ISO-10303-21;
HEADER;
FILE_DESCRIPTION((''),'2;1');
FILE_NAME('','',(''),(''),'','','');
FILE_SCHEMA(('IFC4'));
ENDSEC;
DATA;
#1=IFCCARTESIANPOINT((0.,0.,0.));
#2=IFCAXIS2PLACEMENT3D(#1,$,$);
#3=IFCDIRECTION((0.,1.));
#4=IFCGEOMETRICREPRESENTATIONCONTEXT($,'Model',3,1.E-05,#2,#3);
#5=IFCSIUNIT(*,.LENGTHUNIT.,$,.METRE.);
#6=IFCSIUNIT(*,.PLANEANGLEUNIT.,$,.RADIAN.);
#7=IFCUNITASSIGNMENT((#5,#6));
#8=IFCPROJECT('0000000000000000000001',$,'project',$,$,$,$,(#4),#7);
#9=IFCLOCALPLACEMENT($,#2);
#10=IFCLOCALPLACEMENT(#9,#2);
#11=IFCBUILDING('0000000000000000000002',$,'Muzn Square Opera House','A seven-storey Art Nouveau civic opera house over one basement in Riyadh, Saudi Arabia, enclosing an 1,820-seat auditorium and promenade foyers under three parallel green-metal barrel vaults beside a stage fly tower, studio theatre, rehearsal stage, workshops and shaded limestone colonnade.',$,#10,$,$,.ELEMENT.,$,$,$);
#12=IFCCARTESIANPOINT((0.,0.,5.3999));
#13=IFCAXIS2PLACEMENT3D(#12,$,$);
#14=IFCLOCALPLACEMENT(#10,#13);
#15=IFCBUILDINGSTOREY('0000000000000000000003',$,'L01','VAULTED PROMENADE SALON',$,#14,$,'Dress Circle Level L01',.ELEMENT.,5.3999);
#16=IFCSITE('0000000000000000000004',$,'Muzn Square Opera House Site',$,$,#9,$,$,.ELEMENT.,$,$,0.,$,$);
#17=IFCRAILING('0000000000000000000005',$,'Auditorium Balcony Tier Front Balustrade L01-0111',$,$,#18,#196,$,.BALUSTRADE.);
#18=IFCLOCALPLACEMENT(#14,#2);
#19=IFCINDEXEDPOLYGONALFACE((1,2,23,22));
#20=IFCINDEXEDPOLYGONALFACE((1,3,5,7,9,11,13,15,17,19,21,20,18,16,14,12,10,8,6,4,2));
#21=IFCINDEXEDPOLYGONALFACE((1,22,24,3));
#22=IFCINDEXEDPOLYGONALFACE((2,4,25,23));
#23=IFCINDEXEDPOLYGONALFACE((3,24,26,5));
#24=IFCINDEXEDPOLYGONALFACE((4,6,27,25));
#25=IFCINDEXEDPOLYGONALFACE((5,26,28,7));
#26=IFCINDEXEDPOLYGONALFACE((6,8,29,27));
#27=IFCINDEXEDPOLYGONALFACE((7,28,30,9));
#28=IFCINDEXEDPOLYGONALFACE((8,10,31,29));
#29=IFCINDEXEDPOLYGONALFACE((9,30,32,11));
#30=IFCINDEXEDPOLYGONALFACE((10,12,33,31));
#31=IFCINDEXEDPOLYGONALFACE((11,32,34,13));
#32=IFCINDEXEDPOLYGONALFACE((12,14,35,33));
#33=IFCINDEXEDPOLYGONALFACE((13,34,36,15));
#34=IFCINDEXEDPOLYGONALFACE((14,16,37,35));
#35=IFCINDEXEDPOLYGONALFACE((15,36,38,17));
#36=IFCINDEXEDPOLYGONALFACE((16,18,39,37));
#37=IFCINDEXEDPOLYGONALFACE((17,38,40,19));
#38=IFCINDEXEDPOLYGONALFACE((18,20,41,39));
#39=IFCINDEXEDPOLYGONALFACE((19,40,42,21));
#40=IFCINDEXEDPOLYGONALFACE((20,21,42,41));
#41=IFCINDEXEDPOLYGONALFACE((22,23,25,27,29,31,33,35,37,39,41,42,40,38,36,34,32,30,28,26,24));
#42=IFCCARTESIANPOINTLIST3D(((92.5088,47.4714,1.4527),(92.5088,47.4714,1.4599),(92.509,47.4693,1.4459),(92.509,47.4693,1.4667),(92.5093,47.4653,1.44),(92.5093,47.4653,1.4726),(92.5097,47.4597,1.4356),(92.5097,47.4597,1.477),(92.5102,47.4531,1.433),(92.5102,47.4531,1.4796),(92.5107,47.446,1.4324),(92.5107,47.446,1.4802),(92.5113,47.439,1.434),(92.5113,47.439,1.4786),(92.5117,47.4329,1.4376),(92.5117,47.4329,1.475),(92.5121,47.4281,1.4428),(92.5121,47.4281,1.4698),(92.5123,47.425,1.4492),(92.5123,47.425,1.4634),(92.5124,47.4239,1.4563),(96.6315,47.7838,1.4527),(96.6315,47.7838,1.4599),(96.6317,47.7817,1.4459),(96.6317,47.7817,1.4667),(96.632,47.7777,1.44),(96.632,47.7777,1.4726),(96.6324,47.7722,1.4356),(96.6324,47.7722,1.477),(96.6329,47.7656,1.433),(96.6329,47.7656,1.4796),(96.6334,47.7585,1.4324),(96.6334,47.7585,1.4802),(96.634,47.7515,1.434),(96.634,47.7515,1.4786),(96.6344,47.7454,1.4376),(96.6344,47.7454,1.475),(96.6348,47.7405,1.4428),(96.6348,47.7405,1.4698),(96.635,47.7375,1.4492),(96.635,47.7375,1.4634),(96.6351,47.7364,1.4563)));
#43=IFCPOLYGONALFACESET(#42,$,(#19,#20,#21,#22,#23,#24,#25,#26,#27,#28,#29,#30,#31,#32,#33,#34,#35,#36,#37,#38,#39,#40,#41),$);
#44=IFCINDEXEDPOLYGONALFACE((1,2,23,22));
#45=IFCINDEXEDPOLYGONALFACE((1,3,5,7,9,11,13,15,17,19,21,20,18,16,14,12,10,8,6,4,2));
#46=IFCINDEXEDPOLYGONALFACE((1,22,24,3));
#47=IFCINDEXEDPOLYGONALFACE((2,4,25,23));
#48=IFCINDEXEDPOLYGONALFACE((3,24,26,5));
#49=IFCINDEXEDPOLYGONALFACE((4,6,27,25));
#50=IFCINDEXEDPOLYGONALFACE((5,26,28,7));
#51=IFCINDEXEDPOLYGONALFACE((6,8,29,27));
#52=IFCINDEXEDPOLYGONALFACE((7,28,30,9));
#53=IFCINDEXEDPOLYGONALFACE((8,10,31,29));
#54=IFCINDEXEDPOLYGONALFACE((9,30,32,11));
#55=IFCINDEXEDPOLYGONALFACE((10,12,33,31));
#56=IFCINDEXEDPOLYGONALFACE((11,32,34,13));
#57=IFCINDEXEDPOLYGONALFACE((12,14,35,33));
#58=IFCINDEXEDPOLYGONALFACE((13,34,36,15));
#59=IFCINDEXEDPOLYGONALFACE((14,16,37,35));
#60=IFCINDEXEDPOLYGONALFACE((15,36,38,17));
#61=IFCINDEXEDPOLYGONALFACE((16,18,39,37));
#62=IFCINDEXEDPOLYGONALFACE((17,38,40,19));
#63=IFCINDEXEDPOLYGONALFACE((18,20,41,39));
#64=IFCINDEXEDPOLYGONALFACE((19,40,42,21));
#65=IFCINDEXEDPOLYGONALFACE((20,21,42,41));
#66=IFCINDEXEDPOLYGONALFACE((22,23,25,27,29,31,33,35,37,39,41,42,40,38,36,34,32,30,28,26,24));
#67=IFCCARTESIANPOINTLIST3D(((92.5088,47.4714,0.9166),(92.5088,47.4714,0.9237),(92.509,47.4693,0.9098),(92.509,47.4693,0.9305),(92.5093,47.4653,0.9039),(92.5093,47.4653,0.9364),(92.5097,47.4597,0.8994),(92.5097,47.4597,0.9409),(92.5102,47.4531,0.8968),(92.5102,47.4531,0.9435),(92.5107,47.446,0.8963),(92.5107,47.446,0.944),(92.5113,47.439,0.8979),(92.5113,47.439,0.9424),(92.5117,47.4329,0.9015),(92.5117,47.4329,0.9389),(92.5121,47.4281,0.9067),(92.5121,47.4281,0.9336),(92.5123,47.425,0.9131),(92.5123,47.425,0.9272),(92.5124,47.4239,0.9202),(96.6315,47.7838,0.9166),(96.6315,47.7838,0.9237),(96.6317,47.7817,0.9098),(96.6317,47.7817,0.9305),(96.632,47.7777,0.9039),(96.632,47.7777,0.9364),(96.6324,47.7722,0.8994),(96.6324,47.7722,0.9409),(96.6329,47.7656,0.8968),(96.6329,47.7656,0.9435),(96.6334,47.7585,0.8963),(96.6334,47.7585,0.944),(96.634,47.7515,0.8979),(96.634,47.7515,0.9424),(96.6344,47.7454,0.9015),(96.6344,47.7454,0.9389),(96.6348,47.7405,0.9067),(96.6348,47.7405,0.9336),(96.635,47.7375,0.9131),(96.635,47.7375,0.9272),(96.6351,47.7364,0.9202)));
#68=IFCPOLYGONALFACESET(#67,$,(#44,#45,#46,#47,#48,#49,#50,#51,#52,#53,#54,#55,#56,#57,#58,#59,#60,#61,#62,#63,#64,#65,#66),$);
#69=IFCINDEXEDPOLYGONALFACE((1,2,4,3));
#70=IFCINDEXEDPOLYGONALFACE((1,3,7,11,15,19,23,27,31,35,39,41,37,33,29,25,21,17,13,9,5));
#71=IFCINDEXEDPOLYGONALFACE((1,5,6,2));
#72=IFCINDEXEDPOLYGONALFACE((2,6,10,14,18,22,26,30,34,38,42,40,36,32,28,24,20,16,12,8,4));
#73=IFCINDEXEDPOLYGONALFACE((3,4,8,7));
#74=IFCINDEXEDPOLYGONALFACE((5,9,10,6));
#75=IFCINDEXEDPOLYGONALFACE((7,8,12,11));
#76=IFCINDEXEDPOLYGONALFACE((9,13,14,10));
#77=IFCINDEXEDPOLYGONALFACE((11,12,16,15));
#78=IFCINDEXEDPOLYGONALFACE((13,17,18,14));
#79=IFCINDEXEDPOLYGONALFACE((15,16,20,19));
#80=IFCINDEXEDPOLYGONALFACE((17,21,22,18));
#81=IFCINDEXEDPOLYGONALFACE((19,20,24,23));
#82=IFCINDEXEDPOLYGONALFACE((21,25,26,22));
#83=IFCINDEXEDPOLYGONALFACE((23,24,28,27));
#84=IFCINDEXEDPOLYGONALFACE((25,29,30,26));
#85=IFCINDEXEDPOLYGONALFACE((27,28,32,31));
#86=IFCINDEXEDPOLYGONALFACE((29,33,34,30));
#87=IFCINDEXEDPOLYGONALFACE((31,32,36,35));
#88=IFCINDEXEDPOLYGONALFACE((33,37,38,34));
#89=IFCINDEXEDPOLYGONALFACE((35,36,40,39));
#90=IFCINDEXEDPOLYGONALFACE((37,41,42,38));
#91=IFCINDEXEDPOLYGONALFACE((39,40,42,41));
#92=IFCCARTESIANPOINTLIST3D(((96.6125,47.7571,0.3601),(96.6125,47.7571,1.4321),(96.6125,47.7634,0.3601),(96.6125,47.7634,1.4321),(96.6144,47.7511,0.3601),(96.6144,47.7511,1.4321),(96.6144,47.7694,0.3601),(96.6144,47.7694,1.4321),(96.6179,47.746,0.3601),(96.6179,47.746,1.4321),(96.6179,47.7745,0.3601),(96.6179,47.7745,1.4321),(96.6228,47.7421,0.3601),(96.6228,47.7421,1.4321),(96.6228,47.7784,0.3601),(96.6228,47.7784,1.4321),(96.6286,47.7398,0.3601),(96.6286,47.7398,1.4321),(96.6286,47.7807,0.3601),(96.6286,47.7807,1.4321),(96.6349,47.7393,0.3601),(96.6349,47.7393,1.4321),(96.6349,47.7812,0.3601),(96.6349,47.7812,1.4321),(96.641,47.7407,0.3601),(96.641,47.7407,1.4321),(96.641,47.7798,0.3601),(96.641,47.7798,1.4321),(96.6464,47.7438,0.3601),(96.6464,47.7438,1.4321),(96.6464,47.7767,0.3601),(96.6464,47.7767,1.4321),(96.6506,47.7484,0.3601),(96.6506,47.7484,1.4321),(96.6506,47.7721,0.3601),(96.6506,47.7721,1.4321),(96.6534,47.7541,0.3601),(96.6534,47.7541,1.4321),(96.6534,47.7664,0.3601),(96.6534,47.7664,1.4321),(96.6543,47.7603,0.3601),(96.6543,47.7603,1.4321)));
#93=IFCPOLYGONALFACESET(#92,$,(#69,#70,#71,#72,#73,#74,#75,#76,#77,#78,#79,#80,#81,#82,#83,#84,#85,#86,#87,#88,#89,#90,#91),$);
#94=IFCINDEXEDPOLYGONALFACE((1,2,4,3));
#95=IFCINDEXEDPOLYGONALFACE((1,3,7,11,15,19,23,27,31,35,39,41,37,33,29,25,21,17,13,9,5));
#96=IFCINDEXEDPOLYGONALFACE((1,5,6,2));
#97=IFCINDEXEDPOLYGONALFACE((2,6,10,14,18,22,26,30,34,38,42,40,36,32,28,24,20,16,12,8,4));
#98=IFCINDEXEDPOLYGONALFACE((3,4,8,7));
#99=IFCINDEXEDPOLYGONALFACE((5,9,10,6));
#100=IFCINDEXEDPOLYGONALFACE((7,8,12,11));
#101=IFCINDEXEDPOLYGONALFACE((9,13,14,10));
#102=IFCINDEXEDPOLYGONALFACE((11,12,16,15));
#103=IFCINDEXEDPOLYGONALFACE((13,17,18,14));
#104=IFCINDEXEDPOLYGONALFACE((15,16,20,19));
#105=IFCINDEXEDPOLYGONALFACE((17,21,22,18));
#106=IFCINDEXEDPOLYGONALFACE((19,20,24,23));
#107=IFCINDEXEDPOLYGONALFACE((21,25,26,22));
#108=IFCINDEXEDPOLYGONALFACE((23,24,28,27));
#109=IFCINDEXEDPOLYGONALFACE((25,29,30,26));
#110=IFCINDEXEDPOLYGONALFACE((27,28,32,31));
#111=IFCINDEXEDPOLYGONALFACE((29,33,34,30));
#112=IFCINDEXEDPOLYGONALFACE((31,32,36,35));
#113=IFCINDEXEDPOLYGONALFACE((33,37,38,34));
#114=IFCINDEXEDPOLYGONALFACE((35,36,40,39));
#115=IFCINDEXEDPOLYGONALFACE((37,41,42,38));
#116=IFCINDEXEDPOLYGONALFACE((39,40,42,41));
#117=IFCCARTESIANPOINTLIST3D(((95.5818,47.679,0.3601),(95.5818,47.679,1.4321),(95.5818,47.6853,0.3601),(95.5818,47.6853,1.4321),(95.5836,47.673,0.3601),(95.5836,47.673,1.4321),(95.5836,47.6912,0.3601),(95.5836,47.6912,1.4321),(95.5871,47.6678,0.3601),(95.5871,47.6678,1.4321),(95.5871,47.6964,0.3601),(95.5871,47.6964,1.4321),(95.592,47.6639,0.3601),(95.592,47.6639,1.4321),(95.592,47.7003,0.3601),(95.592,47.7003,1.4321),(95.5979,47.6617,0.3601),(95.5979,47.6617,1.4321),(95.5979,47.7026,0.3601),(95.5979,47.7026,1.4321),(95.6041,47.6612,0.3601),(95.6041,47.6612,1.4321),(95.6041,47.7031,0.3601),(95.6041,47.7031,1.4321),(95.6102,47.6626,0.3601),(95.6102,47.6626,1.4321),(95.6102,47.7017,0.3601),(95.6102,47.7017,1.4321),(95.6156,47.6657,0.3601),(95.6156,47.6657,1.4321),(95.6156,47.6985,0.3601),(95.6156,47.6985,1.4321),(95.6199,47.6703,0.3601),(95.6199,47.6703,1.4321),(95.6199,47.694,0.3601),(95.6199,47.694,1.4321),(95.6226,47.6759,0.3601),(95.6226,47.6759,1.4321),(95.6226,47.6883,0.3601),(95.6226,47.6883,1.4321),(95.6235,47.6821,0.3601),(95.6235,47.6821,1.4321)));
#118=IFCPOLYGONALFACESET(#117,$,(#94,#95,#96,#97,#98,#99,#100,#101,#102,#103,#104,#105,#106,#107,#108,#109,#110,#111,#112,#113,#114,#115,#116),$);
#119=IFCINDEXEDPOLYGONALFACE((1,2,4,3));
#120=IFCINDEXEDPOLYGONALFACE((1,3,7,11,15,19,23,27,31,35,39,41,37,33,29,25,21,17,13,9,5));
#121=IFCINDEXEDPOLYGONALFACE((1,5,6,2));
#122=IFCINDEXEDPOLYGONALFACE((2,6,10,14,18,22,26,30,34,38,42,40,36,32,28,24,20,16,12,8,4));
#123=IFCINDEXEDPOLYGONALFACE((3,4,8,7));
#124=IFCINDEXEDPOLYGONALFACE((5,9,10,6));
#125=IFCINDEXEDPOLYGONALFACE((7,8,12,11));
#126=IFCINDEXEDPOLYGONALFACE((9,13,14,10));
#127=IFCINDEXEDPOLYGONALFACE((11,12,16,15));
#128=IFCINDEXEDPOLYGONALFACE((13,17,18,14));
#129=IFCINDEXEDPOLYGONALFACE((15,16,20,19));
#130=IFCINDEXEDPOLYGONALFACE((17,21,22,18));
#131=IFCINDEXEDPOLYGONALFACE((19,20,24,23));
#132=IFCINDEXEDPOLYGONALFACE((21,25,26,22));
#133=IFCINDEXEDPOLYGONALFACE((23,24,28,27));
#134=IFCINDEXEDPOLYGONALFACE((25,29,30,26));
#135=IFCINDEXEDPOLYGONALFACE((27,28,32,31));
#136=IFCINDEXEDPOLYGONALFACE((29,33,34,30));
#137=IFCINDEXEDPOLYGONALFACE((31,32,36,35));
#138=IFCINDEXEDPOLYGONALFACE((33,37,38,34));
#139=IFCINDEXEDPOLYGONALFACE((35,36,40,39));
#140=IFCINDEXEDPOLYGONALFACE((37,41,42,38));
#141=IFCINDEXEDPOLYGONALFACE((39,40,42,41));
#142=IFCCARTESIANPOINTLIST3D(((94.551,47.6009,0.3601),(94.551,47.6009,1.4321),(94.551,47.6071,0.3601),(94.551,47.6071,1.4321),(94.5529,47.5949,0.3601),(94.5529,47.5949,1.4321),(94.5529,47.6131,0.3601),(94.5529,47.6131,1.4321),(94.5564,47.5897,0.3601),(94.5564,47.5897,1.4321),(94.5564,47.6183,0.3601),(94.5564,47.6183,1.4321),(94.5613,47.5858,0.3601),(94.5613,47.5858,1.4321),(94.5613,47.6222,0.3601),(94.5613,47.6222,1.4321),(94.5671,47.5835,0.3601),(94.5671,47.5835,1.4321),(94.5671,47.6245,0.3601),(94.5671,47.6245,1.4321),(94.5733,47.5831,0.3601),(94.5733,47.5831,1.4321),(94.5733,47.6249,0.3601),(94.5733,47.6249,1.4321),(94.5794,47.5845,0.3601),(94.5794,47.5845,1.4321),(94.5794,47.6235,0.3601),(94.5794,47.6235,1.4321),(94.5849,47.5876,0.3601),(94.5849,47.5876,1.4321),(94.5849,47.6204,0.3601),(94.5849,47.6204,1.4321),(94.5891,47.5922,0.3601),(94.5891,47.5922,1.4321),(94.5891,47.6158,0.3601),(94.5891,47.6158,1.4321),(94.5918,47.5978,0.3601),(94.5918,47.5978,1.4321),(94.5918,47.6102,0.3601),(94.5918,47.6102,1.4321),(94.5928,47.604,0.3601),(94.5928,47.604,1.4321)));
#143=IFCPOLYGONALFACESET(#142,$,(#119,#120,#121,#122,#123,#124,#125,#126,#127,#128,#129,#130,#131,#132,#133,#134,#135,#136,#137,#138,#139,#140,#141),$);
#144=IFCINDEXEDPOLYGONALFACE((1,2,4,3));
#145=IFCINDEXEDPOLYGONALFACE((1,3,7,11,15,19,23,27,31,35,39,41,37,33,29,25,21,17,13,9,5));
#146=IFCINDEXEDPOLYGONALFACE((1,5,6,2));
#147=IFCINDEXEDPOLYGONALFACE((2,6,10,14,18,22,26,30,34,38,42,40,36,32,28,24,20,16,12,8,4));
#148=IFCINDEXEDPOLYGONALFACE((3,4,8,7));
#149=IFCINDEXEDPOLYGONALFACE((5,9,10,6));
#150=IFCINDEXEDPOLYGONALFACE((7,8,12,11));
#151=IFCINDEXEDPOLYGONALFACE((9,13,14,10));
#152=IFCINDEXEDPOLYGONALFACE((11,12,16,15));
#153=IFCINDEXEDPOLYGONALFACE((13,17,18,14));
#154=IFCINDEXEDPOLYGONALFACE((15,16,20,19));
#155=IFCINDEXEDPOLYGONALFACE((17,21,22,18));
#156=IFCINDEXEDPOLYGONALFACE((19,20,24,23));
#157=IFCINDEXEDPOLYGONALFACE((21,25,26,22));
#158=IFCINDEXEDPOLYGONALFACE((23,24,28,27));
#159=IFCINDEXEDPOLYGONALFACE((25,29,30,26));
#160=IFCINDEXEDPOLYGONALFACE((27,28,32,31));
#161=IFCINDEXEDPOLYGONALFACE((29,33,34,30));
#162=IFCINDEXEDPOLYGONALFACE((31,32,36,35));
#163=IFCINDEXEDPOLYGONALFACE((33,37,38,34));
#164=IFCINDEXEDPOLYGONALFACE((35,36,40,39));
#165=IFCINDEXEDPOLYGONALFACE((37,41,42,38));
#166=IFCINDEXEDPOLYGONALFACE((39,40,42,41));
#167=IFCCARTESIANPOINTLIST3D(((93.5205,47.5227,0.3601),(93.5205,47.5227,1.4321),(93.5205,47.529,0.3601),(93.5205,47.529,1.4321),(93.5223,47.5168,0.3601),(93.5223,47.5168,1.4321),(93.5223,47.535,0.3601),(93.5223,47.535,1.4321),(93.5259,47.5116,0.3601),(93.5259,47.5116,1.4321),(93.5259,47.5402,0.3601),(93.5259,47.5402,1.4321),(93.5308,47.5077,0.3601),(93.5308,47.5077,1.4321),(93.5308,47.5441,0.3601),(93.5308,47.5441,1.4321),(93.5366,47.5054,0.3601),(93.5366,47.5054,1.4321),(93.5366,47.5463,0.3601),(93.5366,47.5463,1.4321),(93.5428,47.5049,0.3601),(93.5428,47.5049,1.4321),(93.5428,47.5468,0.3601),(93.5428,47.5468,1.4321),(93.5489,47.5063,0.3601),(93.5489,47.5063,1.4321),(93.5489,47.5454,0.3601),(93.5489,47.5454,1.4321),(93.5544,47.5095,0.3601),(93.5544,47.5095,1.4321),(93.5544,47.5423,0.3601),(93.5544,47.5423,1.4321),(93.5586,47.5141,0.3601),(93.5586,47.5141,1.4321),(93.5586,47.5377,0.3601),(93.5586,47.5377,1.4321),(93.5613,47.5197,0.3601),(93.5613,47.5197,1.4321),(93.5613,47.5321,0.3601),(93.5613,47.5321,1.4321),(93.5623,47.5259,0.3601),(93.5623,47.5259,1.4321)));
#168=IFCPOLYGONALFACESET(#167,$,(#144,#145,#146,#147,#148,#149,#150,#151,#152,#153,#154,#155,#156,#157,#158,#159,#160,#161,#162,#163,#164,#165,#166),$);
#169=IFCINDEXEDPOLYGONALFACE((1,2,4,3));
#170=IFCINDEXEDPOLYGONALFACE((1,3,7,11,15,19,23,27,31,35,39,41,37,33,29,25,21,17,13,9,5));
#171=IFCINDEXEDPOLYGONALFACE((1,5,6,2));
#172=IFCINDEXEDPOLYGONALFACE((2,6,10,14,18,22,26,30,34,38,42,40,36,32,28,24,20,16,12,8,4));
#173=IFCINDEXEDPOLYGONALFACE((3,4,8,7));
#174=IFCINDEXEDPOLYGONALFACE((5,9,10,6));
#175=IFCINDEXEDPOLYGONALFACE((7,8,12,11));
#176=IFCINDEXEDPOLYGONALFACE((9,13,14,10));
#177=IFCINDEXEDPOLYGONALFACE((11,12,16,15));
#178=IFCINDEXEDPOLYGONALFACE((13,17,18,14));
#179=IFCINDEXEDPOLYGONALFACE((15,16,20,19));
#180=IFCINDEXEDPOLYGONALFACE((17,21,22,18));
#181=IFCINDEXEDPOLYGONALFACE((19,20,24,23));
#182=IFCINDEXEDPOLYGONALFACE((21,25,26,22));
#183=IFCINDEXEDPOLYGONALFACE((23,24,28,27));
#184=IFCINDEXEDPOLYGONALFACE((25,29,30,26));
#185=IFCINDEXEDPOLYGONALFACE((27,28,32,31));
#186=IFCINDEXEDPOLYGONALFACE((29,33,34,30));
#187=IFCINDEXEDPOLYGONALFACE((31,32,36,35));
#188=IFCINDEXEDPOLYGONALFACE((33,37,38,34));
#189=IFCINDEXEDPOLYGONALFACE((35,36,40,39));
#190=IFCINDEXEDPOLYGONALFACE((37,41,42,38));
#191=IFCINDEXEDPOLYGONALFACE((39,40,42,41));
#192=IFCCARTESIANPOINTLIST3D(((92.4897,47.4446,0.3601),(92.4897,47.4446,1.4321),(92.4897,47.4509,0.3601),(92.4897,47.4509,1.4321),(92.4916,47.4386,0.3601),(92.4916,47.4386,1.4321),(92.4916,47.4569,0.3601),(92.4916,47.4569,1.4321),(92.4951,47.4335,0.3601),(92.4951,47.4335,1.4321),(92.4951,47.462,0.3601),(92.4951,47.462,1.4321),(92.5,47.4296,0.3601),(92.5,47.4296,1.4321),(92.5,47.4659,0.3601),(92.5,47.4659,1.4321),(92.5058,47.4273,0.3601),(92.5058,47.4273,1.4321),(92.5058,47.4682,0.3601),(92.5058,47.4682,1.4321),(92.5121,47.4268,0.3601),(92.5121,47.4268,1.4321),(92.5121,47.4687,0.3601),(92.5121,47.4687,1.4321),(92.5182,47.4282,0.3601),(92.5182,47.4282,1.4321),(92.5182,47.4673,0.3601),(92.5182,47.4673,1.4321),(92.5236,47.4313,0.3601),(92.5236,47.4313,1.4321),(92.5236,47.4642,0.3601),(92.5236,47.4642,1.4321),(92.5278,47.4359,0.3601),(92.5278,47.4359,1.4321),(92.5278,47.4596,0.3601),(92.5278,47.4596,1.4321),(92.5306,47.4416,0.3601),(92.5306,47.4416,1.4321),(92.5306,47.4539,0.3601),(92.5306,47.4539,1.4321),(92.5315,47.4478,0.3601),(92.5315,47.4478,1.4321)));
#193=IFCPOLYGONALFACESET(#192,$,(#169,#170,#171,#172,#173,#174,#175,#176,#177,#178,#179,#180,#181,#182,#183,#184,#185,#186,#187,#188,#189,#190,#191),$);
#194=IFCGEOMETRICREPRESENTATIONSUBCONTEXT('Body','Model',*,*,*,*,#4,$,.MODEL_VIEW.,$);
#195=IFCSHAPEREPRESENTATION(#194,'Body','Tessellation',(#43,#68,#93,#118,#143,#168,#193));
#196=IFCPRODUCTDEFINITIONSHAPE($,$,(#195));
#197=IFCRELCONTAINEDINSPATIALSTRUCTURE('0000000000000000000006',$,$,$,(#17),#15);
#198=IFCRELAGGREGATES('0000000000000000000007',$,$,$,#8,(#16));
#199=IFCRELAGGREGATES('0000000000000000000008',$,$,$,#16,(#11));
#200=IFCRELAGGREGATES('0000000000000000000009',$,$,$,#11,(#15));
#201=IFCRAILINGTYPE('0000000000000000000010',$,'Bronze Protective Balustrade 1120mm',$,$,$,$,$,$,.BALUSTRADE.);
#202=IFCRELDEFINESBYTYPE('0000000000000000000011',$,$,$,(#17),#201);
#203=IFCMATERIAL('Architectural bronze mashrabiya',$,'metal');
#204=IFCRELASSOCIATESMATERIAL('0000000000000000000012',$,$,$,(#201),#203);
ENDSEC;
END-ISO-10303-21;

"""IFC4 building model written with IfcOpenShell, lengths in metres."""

from ifc_helpers import new_model, si_unit, direction, frame, origin, origin_2d, place, context, subcontext, project, spatial, circle, extrude, material, type_object, element, save


model = new_model("IFC4")

# Units and contexts
model_context = context("Model", 3, precision=1e-05, world=origin(), true_north=direction((0.0, 1.0)))
body_context = subcontext(model_context, "Body", "Model", "MODEL_VIEW")
ifc_project = project(units=[si_unit("LENGTHUNIT", "METRE"), si_unit("PLANEANGLEUNIT", "RADIAN")], contexts=[model_context])

# Site, building, storey
site_placement = place(None, origin())
site = spatial("IfcSite", under=ifc_project, at=site_placement, Name="Muzn Square Opera House Site", CompositionType="ELEMENT", RefElevation=0.0)
building_placement = place(site_placement, origin())
building = spatial("IfcBuilding", under=site, at=building_placement, Name="Muzn Square Opera House", Description="A seven-storey Art Nouveau civic opera house over one basement in Riyadh, Saudi Arabia, enclosing an 1,820-seat auditorium and promenade foyers under three parallel green-metal barrel vaults beside a stage fly tower, studio theatre, rehearsal stage, workshops and shaded limestone colonnade.", CompositionType="ELEMENT")
storey_placement = place(building_placement, frame((0.0, 0.0, 5.3999)))
storey = spatial("IfcBuildingStorey", under=building, at=storey_placement, Name="L01", Description="VAULTED PROMENADE SALON", LongName="Dress Circle Level L01", CompositionType="ELEMENT", Elevation=5.3999)

# Railing
ifc_material_1 = material(Name="Architectural bronze mashrabiya", Category="metal")
railing_type = type_object("IfcRailingType", Name="Bronze Protective Balustrade 1120mm", PredefinedType="BALUSTRADE", material=ifc_material_1)
railing_1_placement = place(storey_placement, frame((96.6333, 47.7603, 0.3601)))
element("IfcRailing", 1, at=railing_1_placement, inside=storey, type_object=railing_type, Name="Auditorium Balcony Tier Front Balustrade L01-0111", PredefinedType="BALUSTRADE", context=body_context, shape_type="SweptSolid", body=[
    extrude(circle(Radius=0.0239, at=origin_2d()), frame((0.0, 0.0, 1.0962), z_axis=(-0.99714, -0.075581, 0.0), x_axis=(0.075581, -0.99714, 0.0)), (0.0, 0.0, 1.0), 4.1345),
    extrude(circle(Radius=0.0239, at=origin_2d()), frame((0.0, 0.0, 0.5601), z_axis=(-0.99714, -0.075581, 0.0), x_axis=(0.075581, -0.99714, 0.0)), (0.0, 0.0, 1.0), 4.1345),
    extrude(circle(Radius=0.021, at=origin_2d()), origin(), (0.0, 0.0, 1.0), 1.072),
    extrude(circle(Radius=0.021, at=origin_2d()), frame((-1.0308, -0.0781, 0.0)), (0.0, 0.0, 1.0), 1.072),
    extrude(circle(Radius=0.021, at=origin_2d()), frame((-2.0615, -0.1562, 0.0)), (0.0, 0.0, 1.0), 1.072),
    extrude(circle(Radius=0.021, at=origin_2d()), frame((-3.092, -0.2344, 0.0)), (0.0, 0.0, 1.0), 1.072),
    extrude(circle(Radius=0.021, at=origin_2d()), frame((-4.1228, -0.3125, 0.0)), (0.0, 0.0, 1.0), 1.072),
])

save(model, "model.ifc")
